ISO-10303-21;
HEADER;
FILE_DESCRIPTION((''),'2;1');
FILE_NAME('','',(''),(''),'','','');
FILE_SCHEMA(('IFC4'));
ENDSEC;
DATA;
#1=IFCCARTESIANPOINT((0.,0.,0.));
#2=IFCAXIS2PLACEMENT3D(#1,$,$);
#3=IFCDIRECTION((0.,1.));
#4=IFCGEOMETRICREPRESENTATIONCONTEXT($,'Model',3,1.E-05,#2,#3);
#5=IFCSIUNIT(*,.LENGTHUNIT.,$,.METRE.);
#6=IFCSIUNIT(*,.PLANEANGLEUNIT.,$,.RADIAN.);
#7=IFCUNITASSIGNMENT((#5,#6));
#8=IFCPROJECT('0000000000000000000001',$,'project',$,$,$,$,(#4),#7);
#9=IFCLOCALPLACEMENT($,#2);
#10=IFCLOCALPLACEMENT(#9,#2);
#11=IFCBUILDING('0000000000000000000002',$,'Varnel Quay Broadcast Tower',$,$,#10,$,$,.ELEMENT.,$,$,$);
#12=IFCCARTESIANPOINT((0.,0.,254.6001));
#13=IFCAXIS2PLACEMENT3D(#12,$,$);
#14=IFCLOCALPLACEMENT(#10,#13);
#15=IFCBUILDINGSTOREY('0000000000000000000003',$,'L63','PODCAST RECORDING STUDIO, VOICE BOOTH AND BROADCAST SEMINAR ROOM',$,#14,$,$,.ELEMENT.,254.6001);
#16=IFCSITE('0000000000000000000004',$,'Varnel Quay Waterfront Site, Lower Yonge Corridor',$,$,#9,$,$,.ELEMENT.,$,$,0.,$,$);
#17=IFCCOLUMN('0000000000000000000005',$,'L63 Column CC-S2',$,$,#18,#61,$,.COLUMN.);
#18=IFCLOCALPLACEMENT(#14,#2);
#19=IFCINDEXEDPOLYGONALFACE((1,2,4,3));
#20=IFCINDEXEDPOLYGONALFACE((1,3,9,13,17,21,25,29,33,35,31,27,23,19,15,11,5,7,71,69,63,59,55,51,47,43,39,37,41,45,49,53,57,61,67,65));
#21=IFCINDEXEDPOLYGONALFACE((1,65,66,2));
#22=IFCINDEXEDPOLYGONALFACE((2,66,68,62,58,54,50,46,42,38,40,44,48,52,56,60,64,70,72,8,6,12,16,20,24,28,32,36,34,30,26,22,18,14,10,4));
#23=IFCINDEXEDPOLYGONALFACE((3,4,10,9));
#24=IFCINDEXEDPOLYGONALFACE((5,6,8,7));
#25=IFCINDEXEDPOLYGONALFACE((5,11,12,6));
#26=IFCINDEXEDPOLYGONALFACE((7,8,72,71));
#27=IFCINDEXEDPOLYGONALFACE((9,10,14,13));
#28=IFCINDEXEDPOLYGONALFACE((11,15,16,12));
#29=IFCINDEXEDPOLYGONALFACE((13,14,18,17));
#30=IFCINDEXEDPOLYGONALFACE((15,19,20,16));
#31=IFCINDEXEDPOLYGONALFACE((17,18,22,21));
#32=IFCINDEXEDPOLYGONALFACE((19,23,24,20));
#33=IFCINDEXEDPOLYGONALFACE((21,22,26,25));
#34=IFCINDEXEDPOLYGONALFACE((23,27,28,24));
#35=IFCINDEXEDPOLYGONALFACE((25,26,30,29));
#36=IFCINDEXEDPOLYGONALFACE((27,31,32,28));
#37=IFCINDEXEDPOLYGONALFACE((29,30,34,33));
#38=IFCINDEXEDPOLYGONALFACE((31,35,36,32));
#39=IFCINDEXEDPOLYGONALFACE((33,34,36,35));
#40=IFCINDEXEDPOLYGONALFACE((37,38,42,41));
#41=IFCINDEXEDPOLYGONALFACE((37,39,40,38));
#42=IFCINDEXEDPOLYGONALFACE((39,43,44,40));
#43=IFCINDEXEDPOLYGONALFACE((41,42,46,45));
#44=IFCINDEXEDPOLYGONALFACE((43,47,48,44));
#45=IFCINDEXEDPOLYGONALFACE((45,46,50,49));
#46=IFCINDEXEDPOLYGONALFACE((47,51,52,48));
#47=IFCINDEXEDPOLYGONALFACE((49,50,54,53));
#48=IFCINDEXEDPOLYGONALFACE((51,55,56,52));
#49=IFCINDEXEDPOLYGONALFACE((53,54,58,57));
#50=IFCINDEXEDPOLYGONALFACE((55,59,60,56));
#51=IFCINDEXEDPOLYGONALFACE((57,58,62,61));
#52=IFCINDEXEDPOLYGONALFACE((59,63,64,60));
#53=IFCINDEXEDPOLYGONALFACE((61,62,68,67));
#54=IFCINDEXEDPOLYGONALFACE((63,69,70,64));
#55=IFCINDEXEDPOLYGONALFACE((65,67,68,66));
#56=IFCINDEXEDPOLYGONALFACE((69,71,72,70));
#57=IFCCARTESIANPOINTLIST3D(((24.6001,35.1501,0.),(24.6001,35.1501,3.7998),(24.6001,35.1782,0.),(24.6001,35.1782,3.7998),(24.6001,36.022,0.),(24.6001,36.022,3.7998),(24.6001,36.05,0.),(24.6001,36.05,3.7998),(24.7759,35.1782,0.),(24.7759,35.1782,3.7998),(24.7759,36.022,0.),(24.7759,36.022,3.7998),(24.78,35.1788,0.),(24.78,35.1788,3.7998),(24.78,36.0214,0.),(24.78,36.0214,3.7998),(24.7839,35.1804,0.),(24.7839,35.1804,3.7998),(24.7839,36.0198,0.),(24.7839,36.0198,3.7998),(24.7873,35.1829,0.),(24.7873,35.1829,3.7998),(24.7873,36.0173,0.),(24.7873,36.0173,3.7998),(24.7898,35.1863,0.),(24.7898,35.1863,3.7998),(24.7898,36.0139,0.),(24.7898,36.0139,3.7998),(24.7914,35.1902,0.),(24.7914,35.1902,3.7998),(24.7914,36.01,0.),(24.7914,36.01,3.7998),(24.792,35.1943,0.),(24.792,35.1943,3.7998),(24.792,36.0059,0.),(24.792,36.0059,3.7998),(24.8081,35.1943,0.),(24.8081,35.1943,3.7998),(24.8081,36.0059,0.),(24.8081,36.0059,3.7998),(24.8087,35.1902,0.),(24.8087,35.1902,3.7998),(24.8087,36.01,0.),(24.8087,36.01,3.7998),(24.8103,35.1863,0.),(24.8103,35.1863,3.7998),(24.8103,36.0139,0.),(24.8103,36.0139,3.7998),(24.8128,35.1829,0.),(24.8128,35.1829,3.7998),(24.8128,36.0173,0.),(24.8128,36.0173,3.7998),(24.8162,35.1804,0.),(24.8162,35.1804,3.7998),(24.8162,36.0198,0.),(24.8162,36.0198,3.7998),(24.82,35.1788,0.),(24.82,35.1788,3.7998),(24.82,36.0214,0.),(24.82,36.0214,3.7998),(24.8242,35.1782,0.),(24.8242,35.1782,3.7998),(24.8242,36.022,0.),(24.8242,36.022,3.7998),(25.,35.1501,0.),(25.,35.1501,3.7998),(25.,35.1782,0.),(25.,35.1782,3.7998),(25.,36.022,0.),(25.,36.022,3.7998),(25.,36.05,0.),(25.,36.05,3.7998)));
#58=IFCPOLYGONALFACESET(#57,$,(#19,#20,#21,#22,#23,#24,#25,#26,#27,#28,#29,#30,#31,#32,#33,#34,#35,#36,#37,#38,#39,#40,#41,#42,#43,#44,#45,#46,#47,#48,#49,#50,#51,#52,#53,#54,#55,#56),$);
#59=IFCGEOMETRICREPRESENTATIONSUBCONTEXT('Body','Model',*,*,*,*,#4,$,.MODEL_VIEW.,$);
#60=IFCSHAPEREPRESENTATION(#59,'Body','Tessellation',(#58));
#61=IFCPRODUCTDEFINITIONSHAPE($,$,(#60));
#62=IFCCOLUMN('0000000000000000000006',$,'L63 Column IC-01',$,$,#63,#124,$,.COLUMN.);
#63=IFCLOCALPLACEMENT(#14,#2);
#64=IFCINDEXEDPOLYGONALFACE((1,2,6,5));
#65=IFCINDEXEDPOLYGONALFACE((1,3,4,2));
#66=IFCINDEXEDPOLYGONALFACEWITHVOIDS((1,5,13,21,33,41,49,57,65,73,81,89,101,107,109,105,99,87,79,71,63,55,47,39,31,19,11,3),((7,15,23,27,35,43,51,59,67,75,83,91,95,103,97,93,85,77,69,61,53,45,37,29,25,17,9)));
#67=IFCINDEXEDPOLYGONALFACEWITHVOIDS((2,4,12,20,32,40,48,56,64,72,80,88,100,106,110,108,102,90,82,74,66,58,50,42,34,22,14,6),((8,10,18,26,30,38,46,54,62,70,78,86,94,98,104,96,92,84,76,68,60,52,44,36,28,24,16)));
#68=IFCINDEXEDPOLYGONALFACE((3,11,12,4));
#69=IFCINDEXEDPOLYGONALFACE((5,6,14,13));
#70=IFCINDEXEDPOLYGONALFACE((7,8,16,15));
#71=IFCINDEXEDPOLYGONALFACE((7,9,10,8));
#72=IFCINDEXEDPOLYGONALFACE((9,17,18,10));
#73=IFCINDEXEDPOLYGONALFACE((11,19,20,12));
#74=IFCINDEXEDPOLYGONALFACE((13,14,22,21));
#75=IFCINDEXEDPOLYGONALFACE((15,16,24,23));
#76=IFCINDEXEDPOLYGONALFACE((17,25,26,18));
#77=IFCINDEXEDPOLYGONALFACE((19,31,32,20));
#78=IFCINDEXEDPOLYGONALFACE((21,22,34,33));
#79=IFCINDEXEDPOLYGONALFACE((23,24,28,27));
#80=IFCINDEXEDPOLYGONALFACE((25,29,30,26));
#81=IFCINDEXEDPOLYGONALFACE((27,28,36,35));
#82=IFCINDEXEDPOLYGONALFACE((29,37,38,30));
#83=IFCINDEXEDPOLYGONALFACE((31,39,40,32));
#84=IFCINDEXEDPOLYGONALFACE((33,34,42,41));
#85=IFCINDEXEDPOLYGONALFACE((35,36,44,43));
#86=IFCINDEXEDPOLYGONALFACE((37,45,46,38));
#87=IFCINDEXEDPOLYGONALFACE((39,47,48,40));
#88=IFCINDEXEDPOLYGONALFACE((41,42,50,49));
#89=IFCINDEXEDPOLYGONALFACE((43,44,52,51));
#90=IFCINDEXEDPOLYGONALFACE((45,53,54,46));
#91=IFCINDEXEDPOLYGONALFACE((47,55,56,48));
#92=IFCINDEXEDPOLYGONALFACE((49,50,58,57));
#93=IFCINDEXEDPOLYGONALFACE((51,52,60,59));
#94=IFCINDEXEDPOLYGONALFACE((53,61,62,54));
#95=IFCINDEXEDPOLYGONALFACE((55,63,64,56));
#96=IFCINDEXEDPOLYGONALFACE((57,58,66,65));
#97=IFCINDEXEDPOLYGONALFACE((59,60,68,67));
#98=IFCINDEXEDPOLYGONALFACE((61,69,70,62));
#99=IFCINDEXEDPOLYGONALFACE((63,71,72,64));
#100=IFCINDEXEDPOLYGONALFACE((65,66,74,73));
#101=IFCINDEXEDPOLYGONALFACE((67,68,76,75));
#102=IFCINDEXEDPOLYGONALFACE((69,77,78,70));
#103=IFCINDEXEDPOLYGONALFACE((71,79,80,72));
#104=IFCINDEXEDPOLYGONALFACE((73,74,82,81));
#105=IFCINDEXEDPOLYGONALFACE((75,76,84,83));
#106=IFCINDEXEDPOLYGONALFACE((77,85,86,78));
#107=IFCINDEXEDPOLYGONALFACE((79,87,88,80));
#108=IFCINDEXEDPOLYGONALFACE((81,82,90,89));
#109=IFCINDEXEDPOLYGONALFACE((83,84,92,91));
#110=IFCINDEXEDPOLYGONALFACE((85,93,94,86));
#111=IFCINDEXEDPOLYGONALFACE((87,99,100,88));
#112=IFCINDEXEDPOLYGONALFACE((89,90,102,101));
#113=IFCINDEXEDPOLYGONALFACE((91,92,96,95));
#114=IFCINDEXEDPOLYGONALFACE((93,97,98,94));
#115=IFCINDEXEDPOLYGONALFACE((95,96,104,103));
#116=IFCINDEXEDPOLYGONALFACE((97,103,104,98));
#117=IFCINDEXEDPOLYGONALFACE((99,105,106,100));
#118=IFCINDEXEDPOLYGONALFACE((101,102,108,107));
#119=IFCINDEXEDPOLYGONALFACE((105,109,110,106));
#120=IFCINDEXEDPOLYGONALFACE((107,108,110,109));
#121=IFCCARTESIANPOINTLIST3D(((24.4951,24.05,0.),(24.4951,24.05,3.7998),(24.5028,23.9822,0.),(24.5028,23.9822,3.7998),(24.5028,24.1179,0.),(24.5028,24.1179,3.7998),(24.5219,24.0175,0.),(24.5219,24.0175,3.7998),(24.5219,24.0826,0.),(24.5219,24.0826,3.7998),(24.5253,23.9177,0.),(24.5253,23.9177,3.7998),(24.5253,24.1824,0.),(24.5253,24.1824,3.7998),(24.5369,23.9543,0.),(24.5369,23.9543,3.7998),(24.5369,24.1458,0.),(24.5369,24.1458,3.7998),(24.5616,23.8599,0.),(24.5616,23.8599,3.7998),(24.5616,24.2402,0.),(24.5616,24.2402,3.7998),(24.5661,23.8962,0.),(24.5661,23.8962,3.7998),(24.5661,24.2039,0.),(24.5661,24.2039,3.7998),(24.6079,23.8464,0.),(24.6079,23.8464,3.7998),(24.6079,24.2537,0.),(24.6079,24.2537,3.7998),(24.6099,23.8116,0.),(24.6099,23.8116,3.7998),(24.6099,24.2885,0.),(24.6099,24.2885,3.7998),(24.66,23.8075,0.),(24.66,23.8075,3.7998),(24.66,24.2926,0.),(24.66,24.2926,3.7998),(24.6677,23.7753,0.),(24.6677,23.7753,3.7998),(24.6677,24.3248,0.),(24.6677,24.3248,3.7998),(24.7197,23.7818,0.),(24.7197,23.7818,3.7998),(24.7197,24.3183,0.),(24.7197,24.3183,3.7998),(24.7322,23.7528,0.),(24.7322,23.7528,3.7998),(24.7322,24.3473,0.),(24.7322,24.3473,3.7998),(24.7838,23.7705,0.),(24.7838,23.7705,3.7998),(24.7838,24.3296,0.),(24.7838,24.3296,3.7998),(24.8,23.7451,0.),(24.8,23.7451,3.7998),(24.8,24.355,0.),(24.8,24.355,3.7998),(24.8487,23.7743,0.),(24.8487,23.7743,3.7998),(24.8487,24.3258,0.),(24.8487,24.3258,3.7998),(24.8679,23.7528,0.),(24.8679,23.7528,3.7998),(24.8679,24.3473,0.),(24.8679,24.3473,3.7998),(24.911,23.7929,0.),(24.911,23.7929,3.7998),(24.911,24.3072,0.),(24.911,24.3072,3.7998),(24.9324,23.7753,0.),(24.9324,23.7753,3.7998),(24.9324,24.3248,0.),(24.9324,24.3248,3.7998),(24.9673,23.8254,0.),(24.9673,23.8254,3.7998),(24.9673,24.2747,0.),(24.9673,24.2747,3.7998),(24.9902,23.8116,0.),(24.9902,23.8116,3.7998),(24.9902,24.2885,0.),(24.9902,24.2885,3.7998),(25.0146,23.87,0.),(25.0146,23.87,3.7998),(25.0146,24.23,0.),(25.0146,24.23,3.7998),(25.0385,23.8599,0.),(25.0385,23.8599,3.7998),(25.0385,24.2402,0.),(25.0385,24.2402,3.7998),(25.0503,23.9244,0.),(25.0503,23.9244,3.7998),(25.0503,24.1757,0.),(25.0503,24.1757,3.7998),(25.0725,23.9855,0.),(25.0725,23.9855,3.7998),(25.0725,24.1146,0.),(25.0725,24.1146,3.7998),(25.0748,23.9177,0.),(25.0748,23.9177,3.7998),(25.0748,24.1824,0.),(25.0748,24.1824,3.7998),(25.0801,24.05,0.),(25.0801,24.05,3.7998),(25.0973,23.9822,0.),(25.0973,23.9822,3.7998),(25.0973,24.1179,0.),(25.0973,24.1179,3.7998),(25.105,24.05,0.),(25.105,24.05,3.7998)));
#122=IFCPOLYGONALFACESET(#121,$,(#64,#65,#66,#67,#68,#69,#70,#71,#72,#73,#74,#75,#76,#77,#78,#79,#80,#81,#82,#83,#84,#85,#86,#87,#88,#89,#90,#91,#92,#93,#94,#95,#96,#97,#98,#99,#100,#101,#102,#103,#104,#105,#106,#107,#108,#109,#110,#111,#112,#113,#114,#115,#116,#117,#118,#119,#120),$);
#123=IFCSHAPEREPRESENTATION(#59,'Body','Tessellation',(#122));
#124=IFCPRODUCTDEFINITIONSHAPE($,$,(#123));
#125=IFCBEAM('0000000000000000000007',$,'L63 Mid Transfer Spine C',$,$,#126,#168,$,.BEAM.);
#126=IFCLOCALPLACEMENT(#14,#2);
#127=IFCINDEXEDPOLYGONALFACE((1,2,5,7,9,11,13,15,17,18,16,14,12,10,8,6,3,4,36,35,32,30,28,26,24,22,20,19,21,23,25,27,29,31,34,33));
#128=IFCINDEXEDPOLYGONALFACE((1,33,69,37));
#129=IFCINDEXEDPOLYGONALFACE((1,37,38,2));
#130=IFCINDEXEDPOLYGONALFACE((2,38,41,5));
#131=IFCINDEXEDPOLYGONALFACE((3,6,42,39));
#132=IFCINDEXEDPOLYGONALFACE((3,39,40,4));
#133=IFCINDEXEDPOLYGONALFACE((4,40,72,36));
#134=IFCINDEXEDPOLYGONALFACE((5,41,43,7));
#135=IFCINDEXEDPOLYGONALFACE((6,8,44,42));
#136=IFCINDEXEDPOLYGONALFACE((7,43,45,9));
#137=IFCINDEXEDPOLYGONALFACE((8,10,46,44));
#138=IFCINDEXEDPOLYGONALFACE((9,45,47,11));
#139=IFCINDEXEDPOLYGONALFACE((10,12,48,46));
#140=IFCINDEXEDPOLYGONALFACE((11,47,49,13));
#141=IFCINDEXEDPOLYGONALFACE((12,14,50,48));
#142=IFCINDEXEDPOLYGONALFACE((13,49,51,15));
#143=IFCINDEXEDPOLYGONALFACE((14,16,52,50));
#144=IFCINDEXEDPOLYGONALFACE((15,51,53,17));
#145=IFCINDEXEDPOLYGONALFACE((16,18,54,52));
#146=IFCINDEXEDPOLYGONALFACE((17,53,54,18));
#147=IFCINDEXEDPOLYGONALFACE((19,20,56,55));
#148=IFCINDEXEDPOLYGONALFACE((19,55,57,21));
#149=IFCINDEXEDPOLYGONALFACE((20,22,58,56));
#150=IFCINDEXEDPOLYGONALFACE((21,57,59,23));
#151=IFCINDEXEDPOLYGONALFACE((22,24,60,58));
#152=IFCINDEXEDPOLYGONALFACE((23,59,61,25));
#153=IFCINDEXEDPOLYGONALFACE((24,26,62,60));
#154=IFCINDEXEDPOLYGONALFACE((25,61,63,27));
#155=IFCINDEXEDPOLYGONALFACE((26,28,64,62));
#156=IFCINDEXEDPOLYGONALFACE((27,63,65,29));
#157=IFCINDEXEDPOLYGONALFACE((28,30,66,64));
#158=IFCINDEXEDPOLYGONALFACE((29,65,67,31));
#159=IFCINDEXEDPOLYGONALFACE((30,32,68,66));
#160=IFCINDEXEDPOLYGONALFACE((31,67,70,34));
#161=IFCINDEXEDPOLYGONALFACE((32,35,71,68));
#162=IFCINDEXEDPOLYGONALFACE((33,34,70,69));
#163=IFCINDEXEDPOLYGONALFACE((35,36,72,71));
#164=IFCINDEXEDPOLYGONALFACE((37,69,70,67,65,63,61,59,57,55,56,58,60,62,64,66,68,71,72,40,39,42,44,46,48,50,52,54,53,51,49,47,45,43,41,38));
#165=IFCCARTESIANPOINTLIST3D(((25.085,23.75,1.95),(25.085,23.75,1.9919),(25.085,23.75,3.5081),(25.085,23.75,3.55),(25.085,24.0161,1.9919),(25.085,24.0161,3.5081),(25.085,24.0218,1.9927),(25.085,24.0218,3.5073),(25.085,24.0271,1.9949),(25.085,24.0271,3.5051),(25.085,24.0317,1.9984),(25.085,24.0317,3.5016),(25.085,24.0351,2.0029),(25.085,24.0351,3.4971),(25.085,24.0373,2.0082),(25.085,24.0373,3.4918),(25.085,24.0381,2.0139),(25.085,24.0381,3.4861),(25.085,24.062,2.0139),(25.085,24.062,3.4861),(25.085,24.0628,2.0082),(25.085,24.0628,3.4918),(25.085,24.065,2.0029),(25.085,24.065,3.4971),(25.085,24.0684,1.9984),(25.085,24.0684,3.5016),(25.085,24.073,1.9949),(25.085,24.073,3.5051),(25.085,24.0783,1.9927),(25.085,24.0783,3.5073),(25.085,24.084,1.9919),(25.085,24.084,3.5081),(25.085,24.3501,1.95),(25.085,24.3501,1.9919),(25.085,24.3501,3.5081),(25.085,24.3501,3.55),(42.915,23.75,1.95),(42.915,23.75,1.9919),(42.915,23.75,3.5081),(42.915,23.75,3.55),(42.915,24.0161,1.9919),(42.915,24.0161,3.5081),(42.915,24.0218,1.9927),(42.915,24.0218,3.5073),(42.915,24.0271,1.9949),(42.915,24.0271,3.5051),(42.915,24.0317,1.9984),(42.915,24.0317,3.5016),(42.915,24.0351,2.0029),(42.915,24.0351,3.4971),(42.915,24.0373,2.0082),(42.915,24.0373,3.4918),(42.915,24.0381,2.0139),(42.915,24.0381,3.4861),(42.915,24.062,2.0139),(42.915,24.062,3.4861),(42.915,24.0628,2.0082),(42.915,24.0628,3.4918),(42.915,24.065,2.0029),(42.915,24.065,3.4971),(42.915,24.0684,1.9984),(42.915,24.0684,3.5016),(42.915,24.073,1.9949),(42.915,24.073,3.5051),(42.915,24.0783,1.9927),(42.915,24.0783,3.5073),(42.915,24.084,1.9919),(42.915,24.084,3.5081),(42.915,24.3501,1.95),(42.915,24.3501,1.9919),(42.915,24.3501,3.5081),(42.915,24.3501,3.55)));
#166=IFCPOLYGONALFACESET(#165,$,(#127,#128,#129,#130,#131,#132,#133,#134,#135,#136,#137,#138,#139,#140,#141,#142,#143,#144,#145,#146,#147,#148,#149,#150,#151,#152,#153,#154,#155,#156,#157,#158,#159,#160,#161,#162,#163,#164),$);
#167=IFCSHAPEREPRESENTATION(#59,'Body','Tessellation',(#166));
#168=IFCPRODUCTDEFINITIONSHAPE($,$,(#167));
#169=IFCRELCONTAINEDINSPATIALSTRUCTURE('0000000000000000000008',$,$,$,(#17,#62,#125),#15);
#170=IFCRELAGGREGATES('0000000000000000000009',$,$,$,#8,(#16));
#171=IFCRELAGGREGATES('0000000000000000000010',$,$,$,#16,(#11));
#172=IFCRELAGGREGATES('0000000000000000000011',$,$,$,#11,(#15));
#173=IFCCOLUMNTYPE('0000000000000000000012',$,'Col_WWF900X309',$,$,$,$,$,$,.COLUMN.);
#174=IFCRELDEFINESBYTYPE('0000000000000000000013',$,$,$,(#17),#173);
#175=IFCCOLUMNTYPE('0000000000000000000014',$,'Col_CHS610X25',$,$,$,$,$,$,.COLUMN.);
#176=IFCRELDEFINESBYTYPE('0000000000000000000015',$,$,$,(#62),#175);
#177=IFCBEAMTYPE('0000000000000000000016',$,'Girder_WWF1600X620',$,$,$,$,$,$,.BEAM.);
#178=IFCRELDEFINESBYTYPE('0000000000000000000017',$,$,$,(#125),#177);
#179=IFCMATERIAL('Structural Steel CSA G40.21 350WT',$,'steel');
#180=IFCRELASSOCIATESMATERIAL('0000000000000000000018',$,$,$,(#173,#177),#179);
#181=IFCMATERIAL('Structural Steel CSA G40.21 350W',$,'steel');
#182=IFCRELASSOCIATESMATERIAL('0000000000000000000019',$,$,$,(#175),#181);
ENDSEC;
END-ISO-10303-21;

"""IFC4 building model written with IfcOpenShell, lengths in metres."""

from ifc_helpers import new_model, si_unit, direction, frame, origin, origin_2d, place, context, subcontext, project, spatial, hollow_circle, i_section, extrude, source, transform, mapped, material, material_profile, profile_set, type_object, type_shapes, element, save


model = new_model("IFC4")

# Units and contexts
model_context = context("Model", 3, precision=1e-05, world=origin(), true_north=direction((0.0, 1.0)))
body_context = subcontext(model_context, "Body", "Model", "MODEL_VIEW")
ifc_project = project(units=[si_unit("LENGTHUNIT", "METRE"), si_unit("PLANEANGLEUNIT", "RADIAN")], contexts=[model_context])

# Site, building, storey
site_placement = place(None, origin())
site = spatial("IfcSite", under=ifc_project, at=site_placement, Name="Varnel Quay Waterfront Site, Lower Yonge Corridor", CompositionType="ELEMENT", RefElevation=0.0)
building_placement = place(site_placement, origin())
building = spatial("IfcBuilding", under=site, at=building_placement, Name="Varnel Quay Broadcast Tower", CompositionType="ELEMENT")
storey_placement = place(building_placement, frame((0.0, 0.0, 254.6001)))
storey = spatial("IfcBuildingStorey", under=building, at=storey_placement, Name="L63", Description="PODCAST RECORDING STUDIO, VOICE BOOTH AND BROADCAST SEMINAR ROOM", CompositionType="ELEMENT", Elevation=254.6001)

# Columns
ifc_material_1 = material(Name="Structural Steel CSA G40.21 350WT", Category="steel")
ifc_material_profile_1 = material_profile(ifc_material_1, i_section(OverallWidth=0.3999, OverallDepth=0.8999, WebThickness=0.0161, FlangeThickness=0.0281, FilletRadius=0.0161, at=origin_2d()), Name="WWF900X309")
ifc_profile_set_1 = profile_set([ifc_material_profile_1], Name="Structural Steel CSA G40.21 350WT")
column_type_1 = type_object("IfcColumnType", Name="Col_WWF900X309", PredefinedType="COLUMN", material=ifc_profile_set_1)
shared_shape_1 = source(origin(), body_context, "Body", "SweptSolid", [
    extrude(i_section(OverallWidth=0.3999, OverallDepth=0.8999, WebThickness=0.0161, FlangeThickness=0.0281, FilletRadius=0.0161, at=origin_2d()), origin(), (0.0, 0.0, 1.0), 3.7998),
])
type_shapes(column_type_1, [shared_shape_1])
column_1_placement = place(storey_placement, frame((24.8, 35.6001, 0.0), z_axis=(0.0, 0.0, 1.0), x_axis=(1.0, 0.0, 0.0)))
element("IfcColumn", 1, at=column_1_placement, inside=storey, type_object=column_type_1, Name="L63 Column CC-S2", PredefinedType="COLUMN", context=body_context, shape_type="MappedRepresentation", body=[
    mapped(shared_shape_1, transform((0.0, 0.0, 0.0), x_axis=(1.0, 0.0, 0.0), y_axis=(0.0, 1.0, 0.0), z_axis=(0.0, 0.0, 1.0), scale=1.0)),
])
ifc_material_2 = material(Name="Structural Steel CSA G40.21 350W", Category="steel")
ifc_material_profile_2 = material_profile(ifc_material_2, hollow_circle(Radius=0.3049, WallThickness=0.0249, at=origin_2d()), Name="CHS610X25")
ifc_profile_set_2 = profile_set([ifc_material_profile_2], Name="Structural Steel CSA G40.21 350W")
column_type_2 = type_object("IfcColumnType", Name="Col_CHS610X25", PredefinedType="COLUMN", material=ifc_profile_set_2)
shared_shape_2 = source(origin(), body_context, "Body", "SweptSolid", [
    extrude(hollow_circle(Radius=0.3049, WallThickness=0.0249, at=origin_2d()), origin(), (0.0, 0.0, 1.0), 3.7998),
])
type_shapes(column_type_2, [shared_shape_2])
column_2_placement = place(storey_placement, frame((24.8, 24.05, 0.0), z_axis=(0.0, 0.0, 1.0), x_axis=(1.0, 0.0, 0.0)))
element("IfcColumn", 2, at=column_2_placement, inside=storey, type_object=column_type_2, Name="L63 Column IC-01", PredefinedType="COLUMN", context=body_context, shape_type="MappedRepresentation", body=[
    mapped(shared_shape_2, transform((0.0, 0.0, 0.0), x_axis=(1.0, 0.0, 0.0), y_axis=(0.0, 1.0, 0.0), z_axis=(0.0, 0.0, 1.0), scale=1.0)),
])

# Beam
ifc_material_profile_3 = material_profile(ifc_material_1, i_section(OverallWidth=0.6001, OverallDepth=1.6001, WebThickness=0.0239, FlangeThickness=0.042, FilletRadius=0.022, at=origin_2d()), Name="WWF1600X620")
ifc_profile_set_3 = profile_set([ifc_material_profile_3], Name="Structural Steel CSA G40.21 350WT")
beam_type_1 = type_object("IfcBeamType", Name="Girder_WWF1600X620", PredefinedType="BEAM", material=ifc_profile_set_3)
shared_shape_3 = source(origin(), body_context, "Body", "SweptSolid", [
    extrude(i_section(OverallWidth=0.6001, OverallDepth=1.6001, WebThickness=0.0239, FlangeThickness=0.042, FilletRadius=0.022, at=origin_2d()), origin(), (0.0, 0.0, 1.0), 17.8301),
])
type_shapes(beam_type_1, [shared_shape_3])
beam_1_placement = place(storey_placement, frame((25.085, 24.05, 2.75), z_axis=(1.0, 0.0, 0.0), x_axis=(0.0, 1.0, 0.0)))
element("IfcBeam", 3, at=beam_1_placement, inside=storey, type_object=beam_type_1, Name="L63 Mid Transfer Spine C", PredefinedType="BEAM", context=body_context, shape_type="MappedRepresentation", body=[
    mapped(shared_shape_3, transform((0.0, 0.0, 0.0), x_axis=(1.0, 0.0, 0.0), y_axis=(0.0, 1.0, 0.0), z_axis=(0.0, 0.0, 1.0), scale=1.0)),
])

save(model, "model.ifc")
